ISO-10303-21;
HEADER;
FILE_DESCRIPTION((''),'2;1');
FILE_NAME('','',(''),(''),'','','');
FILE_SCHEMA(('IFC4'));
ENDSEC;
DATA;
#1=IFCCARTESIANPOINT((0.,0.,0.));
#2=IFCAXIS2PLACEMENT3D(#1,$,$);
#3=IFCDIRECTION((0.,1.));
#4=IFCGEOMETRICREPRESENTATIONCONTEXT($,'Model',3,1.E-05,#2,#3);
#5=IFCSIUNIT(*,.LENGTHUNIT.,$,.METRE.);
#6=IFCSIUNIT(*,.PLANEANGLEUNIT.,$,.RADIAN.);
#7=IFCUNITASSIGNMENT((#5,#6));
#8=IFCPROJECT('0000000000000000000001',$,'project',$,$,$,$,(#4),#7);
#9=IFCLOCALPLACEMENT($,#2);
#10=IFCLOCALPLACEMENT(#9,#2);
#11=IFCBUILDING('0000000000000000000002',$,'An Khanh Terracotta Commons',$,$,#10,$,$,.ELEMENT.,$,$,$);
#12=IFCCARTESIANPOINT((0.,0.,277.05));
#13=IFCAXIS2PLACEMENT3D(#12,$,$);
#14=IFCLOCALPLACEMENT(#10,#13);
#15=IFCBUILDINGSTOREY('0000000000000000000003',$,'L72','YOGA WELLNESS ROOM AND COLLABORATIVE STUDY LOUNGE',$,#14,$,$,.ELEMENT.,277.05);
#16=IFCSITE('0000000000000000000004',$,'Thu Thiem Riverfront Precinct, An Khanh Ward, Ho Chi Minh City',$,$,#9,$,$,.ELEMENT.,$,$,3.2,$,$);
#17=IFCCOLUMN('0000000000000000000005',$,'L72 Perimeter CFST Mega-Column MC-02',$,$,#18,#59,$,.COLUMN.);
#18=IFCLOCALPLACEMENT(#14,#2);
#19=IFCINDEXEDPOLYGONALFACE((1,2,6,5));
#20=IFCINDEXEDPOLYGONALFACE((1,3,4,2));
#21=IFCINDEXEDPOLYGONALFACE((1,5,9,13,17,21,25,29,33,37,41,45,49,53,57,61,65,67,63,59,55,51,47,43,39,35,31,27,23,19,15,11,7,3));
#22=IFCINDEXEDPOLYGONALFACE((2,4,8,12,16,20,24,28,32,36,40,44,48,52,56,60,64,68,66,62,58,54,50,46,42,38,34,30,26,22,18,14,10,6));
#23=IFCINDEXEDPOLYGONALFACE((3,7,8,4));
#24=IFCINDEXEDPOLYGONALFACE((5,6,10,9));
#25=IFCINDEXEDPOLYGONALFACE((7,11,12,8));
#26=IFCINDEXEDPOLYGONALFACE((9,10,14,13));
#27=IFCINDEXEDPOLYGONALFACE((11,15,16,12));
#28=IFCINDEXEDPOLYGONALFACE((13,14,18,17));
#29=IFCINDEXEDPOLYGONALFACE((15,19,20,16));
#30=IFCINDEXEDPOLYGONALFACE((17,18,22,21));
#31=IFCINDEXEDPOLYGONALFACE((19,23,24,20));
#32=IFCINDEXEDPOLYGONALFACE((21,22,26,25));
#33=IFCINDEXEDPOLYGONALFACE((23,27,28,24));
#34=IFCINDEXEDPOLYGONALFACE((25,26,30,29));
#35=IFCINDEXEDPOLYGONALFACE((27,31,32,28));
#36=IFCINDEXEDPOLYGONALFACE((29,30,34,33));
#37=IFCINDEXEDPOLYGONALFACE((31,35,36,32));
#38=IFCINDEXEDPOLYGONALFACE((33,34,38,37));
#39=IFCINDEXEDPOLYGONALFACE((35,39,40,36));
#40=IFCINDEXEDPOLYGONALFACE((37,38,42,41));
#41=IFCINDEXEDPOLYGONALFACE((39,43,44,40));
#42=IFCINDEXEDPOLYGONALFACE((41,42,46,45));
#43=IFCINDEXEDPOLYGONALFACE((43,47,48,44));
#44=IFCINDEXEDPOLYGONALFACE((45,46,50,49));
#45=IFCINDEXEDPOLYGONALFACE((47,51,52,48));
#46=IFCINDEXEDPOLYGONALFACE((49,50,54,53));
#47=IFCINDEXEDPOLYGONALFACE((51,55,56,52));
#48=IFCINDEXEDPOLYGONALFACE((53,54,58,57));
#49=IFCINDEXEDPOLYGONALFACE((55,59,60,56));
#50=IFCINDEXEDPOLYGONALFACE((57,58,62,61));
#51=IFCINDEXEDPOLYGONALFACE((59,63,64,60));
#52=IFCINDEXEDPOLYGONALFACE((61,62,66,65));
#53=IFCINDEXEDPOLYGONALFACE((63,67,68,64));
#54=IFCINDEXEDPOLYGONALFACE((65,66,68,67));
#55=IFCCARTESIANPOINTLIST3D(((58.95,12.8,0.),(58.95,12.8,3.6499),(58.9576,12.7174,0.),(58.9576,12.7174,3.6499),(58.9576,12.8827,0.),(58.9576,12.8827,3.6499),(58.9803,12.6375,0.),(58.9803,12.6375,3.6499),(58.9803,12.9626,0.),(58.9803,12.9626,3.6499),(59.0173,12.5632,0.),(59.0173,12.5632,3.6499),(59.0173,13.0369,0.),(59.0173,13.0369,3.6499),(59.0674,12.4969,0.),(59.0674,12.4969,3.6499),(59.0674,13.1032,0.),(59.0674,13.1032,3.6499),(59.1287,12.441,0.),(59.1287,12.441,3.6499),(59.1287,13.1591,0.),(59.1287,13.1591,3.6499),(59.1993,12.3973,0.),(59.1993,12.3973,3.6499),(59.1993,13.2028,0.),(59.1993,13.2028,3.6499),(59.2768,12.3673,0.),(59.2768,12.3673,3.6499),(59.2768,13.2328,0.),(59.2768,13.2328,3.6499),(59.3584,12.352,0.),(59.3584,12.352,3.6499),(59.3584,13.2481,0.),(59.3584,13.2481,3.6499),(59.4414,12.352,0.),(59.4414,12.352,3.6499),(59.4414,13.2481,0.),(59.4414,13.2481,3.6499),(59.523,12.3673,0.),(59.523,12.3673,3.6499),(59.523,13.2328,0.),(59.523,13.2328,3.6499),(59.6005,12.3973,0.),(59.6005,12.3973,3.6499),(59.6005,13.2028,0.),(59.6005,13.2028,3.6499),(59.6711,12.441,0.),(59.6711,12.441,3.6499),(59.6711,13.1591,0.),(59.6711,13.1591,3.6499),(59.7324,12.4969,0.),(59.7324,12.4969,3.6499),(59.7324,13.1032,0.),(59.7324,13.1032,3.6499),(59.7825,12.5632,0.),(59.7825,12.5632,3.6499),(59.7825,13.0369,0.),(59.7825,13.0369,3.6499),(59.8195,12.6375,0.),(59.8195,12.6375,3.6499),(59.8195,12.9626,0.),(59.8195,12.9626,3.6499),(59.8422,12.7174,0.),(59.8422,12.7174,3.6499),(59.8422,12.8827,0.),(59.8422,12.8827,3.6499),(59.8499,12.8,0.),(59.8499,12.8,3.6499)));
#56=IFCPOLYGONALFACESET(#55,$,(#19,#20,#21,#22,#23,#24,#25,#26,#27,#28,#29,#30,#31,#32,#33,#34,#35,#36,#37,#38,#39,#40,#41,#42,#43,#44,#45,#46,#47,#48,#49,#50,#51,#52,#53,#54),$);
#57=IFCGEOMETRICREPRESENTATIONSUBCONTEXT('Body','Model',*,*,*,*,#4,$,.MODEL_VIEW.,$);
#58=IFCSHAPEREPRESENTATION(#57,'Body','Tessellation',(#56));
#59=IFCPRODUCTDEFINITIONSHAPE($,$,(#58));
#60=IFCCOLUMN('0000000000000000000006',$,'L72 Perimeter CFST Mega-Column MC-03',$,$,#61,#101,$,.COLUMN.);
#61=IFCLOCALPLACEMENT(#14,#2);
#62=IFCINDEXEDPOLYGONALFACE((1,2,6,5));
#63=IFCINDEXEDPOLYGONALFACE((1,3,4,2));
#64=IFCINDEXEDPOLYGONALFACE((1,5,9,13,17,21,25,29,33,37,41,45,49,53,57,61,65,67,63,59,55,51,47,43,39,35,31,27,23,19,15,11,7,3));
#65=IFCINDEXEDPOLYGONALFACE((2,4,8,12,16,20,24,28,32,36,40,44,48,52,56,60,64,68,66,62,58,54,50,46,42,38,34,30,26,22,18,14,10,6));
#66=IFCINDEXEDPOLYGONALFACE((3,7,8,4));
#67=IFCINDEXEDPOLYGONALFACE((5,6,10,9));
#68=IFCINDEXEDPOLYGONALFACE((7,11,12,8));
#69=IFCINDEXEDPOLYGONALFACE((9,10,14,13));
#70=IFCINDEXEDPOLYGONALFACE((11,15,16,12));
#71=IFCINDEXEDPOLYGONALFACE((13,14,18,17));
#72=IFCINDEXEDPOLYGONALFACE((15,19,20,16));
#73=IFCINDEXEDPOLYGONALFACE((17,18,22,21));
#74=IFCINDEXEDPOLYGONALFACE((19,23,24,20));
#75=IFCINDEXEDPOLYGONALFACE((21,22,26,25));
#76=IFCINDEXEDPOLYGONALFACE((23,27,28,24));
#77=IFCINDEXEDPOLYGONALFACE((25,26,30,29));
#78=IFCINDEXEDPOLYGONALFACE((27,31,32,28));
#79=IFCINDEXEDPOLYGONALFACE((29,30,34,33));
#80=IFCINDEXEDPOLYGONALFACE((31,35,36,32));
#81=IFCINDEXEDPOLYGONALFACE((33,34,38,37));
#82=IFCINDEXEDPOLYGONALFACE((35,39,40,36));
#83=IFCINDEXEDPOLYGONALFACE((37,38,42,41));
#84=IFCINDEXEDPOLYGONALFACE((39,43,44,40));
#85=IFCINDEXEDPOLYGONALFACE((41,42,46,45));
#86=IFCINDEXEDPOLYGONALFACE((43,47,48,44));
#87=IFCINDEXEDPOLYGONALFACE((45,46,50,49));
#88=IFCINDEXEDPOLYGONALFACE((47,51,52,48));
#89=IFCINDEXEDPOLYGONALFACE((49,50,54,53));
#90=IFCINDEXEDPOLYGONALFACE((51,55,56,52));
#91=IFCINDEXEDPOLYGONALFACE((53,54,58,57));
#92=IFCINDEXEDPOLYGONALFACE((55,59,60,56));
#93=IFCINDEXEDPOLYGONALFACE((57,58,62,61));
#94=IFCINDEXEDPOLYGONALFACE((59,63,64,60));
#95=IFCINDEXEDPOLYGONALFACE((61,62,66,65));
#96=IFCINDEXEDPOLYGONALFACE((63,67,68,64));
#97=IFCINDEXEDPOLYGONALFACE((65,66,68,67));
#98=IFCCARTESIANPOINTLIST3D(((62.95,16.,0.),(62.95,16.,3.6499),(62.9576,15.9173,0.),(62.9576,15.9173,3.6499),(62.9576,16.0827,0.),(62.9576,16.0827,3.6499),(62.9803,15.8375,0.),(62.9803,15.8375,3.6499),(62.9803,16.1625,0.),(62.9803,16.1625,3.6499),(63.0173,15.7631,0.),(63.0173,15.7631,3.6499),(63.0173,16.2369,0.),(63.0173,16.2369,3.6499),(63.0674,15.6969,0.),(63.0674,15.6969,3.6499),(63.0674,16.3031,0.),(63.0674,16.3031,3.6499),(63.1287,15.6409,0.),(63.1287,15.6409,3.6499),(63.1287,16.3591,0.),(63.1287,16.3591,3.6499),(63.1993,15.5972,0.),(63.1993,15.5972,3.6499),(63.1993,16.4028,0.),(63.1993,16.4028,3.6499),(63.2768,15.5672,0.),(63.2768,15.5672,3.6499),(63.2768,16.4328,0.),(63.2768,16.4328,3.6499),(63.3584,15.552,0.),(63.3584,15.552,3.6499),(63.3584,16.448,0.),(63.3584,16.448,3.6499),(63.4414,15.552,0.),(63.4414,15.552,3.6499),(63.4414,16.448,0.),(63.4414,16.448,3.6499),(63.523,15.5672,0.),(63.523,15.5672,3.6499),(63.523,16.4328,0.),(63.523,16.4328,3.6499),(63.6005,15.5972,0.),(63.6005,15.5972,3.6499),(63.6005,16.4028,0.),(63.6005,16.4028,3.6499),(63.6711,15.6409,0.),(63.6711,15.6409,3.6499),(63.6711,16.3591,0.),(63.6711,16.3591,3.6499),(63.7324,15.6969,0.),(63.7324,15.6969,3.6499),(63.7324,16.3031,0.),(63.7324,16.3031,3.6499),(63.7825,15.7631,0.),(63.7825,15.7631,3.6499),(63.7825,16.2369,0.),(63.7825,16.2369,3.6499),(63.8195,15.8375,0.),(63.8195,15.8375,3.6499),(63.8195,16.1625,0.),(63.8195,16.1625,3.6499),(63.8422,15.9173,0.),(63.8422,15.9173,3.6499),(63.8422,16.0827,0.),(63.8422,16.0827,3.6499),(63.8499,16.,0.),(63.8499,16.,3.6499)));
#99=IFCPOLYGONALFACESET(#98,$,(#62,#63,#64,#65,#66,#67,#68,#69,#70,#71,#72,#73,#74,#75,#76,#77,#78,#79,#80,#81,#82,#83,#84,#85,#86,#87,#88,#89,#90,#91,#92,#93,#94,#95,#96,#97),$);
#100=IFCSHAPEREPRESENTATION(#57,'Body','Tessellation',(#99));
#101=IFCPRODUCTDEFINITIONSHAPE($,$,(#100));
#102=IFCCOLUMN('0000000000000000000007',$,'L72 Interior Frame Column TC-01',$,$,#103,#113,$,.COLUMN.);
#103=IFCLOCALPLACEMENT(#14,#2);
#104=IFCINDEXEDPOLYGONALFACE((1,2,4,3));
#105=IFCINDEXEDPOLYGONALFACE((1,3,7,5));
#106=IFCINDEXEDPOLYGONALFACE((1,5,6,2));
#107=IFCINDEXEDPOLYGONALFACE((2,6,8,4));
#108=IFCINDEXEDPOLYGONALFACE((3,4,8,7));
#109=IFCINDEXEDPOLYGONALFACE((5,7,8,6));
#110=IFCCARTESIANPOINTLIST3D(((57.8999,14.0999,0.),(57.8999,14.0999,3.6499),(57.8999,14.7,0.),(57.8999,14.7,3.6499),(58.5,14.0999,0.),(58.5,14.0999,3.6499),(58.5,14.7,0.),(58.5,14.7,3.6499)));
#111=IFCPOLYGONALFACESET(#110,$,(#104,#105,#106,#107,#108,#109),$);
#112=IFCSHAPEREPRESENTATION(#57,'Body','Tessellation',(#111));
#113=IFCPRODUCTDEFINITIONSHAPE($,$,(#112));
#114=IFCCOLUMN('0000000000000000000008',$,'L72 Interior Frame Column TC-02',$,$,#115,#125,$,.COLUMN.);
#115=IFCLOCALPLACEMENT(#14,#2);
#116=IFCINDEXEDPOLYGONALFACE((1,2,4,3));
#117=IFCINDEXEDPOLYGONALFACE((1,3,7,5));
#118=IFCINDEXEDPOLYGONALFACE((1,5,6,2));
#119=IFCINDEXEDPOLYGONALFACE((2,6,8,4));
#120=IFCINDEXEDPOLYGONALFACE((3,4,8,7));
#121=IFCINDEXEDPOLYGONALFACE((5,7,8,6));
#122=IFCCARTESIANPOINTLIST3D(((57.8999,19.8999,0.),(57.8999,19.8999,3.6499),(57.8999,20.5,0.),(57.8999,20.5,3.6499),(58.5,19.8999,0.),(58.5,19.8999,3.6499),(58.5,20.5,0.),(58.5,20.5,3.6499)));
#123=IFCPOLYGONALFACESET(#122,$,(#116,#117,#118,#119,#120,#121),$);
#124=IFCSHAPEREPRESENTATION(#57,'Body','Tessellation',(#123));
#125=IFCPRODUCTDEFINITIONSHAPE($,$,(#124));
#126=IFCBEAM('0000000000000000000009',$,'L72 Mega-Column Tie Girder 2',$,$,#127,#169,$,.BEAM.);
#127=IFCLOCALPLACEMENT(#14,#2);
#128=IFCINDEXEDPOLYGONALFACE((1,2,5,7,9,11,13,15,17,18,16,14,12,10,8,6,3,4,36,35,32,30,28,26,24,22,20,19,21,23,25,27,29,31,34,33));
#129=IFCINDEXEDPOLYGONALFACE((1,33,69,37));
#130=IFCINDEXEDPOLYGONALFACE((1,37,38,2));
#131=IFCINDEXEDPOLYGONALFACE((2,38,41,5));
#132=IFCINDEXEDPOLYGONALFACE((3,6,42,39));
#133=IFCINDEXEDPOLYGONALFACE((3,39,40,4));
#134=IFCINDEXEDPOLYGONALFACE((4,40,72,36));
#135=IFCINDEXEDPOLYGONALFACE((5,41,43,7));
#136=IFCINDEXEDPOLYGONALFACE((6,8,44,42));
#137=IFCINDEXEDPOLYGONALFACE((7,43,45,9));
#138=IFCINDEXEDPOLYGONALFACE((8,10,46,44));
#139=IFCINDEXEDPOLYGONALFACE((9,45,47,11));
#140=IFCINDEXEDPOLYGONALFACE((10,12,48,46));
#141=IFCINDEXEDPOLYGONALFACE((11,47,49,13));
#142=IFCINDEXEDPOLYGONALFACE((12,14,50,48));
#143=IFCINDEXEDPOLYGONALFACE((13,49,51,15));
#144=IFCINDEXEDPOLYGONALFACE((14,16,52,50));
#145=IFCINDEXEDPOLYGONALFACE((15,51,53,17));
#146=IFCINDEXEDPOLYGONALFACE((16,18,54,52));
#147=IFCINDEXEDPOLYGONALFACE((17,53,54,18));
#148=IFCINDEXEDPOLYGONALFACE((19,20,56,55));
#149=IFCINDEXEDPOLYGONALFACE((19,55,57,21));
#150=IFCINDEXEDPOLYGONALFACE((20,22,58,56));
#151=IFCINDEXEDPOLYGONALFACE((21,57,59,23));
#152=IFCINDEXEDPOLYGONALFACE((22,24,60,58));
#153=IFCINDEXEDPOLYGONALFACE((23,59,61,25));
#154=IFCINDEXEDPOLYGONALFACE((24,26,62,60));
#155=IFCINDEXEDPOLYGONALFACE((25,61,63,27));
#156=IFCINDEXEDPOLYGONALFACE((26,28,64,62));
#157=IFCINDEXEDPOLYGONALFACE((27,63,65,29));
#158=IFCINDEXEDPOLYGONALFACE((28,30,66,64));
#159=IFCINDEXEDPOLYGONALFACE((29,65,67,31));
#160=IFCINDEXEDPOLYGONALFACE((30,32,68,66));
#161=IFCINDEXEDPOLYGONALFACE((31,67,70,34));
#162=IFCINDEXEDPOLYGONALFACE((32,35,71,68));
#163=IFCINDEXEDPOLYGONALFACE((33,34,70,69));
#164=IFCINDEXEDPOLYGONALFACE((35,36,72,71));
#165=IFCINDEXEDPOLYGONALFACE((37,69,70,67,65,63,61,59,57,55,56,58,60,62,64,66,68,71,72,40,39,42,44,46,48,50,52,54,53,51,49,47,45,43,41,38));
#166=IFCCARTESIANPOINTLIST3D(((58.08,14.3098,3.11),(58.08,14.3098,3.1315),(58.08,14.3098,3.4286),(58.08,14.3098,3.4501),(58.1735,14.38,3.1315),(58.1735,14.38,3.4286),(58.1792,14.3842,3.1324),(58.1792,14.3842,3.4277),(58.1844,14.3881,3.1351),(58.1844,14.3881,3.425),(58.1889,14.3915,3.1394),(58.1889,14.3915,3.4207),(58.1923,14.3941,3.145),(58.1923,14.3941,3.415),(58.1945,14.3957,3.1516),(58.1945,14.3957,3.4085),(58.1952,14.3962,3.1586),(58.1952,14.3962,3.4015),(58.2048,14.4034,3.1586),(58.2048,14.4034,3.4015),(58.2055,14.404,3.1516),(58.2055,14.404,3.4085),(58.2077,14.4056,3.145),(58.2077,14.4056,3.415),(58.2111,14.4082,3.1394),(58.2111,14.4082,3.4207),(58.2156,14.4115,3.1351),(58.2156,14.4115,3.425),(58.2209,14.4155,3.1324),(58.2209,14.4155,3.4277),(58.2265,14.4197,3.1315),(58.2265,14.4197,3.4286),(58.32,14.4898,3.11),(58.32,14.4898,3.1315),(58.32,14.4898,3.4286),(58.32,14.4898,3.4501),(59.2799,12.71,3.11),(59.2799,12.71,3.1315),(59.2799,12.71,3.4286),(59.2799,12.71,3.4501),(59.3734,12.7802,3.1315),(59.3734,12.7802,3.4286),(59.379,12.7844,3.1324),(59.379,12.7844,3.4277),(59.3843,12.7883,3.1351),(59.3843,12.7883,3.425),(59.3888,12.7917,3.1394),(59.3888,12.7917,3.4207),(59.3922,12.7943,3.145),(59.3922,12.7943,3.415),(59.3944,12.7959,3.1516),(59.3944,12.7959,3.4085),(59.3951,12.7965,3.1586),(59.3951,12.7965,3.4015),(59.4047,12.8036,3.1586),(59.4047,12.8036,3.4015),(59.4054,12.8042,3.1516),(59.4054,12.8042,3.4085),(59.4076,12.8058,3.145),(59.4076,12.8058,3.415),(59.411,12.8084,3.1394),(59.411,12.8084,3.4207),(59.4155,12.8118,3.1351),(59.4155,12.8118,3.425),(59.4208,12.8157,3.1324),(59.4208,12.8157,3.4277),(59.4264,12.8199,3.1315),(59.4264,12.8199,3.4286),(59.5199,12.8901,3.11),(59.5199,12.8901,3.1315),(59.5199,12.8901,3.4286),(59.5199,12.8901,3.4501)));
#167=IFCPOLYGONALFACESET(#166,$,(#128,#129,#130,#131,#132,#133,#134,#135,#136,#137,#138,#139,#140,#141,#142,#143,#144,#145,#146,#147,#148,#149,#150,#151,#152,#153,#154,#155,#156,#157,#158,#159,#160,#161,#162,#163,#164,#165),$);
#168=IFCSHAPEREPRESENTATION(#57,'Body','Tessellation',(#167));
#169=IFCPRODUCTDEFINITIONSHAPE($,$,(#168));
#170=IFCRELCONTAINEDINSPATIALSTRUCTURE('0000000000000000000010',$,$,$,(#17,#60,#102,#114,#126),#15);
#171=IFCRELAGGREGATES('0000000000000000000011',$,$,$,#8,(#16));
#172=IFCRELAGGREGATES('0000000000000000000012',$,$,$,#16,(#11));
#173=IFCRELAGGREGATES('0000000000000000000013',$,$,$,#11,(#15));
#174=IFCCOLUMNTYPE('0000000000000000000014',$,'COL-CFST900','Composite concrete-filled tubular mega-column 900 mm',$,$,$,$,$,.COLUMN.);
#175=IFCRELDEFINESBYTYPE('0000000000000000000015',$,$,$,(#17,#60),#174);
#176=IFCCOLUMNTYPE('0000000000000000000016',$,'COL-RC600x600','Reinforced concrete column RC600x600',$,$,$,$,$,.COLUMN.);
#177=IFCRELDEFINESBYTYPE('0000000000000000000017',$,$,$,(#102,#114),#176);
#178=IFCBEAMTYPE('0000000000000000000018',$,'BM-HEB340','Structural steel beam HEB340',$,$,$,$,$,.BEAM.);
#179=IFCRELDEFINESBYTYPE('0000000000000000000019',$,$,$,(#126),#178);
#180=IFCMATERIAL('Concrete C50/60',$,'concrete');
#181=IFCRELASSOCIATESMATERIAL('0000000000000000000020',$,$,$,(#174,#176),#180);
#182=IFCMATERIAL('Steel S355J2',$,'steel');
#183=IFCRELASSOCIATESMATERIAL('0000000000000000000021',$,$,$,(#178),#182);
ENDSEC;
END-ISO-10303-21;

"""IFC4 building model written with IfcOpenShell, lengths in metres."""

from ifc_helpers import new_model, si_unit, direction, frame, origin, origin_2d, place, context, subcontext, project, spatial, rectangle, circle, i_section, extrude, material, material_profile, profile_set, type_object, element, save


model = new_model("IFC4")

# Units and contexts
model_context = context("Model", 3, precision=1e-05, world=origin(), true_north=direction((0.0, 1.0)))
body_context = subcontext(model_context, "Body", "Model", "MODEL_VIEW")
ifc_project = project(units=[si_unit("LENGTHUNIT", "METRE"), si_unit("PLANEANGLEUNIT", "RADIAN")], contexts=[model_context])

# Site, building, storey
site_placement = place(None, origin())
site = spatial("IfcSite", under=ifc_project, at=site_placement, Name="Thu Thiem Riverfront Precinct, An Khanh Ward, Ho Chi Minh City", CompositionType="ELEMENT", RefElevation=3.2)
building_placement = place(site_placement, origin())
building = spatial("IfcBuilding", under=site, at=building_placement, Name="An Khanh Terracotta Commons", CompositionType="ELEMENT")
storey_placement = place(building_placement, frame((0.0, 0.0, 277.05)))
storey = spatial("IfcBuildingStorey", under=building, at=storey_placement, Name="L72", Description="YOGA WELLNESS ROOM AND COLLABORATIVE STUDY LOUNGE", CompositionType="ELEMENT", Elevation=277.05)

# Columns
ifc_material_1 = material(Name="Concrete C50/60", Category="concrete")
ifc_material_profile_1 = material_profile(ifc_material_1, circle(Radius=0.45, at=origin_2d()), Name="CFST900")
ifc_profile_set_1 = profile_set([ifc_material_profile_1], Name="Concrete C50/60")
column_type_1 = type_object("IfcColumnType", Name="COL-CFST900", Description="Composite concrete-filled tubular mega-column 900 mm", PredefinedType="COLUMN", material=ifc_profile_set_1)
for number, where, z_axis, x_axis, name in (
    (1, (59.3999, 12.8, 0.0), (0.0, 0.0, 1.0), (1.0, 0.0, 0.0), "L72 Perimeter CFST Mega-Column MC-02"),
    (2, (63.3999, 16.0, 0.0), (0.0, 0.0, 1.0), (1.0, 0.0, 0.0), "L72 Perimeter CFST Mega-Column MC-03"),
):
    element("IfcColumn", number, at=place(storey_placement, frame(where, z_axis=z_axis, x_axis=x_axis)), inside=storey, type_object=column_type_1, Name=name, PredefinedType="COLUMN", context=body_context, shape_type="SweptSolid", body=[
        extrude(circle(Radius=0.45, at=origin_2d()), origin(), (0.0, 0.0, 1.0), 3.6499),
    ])
ifc_material_profile_2 = material_profile(ifc_material_1, rectangle(XDim=0.6001, YDim=0.6001, at=origin_2d()), Name="RC600x600")
ifc_profile_set_2 = profile_set([ifc_material_profile_2], Name="Concrete C50/60")
column_type_2 = type_object("IfcColumnType", Name="COL-RC600x600", Description="Reinforced concrete column RC600x600", PredefinedType="COLUMN", material=ifc_profile_set_2)
for number, where, z_axis, x_axis, name in (
    (3, (58.2, 14.3999, 0.0), (0.0, 0.0, 1.0), (1.0, 0.0, 0.0), "L72 Interior Frame Column TC-01"),
    (4, (58.2, 20.2, 0.0), (0.0, 0.0, 1.0), (1.0, 0.0, 0.0), "L72 Interior Frame Column TC-02"),
):
    element("IfcColumn", number, at=place(storey_placement, frame(where, z_axis=z_axis, x_axis=x_axis)), inside=storey, type_object=column_type_2, Name=name, PredefinedType="COLUMN", context=body_context, shape_type="SweptSolid", body=[
        extrude(rectangle(XDim=0.6001, YDim=0.6001, at=origin_2d()), origin(), (0.0, 0.0, 1.0), 3.6499),
    ])

# Beam
ifc_material_2 = material(Name="Steel S355J2", Category="steel")
ifc_material_profile_3 = material_profile(ifc_material_2, i_section(OverallWidth=0.3, OverallDepth=0.3401, WebThickness=0.012, FlangeThickness=0.0215, FilletRadius=0.0271, at=origin_2d()), Name="HEB340")
ifc_profile_set_3 = profile_set([ifc_material_profile_3], Name="Steel S355J2")
beam_type_1 = type_object("IfcBeamType", Name="BM-HEB340", Description="Structural steel beam HEB340", PredefinedType="BEAM", material=ifc_profile_set_3)
beam_1_placement = place(storey_placement, frame((59.3999, 12.8, 3.28), z_axis=(-0.60002, 0.799985, 0.0), x_axis=(-0.799985, -0.60002, 0.0)))
element("IfcBeam", 5, at=beam_1_placement, inside=storey, type_object=beam_type_1, Name="L72 Mega-Column Tie Girder 2", PredefinedType="BEAM", context=body_context, shape_type="SweptSolid", body=[
    extrude(i_section(OverallWidth=0.3, OverallDepth=0.3401, WebThickness=0.012, FlangeThickness=0.0215, FilletRadius=0.0271, at=origin_2d()), origin(), (0.0, 0.0, 1.0), 1.9998),
])

save(model, "model.ifc")
